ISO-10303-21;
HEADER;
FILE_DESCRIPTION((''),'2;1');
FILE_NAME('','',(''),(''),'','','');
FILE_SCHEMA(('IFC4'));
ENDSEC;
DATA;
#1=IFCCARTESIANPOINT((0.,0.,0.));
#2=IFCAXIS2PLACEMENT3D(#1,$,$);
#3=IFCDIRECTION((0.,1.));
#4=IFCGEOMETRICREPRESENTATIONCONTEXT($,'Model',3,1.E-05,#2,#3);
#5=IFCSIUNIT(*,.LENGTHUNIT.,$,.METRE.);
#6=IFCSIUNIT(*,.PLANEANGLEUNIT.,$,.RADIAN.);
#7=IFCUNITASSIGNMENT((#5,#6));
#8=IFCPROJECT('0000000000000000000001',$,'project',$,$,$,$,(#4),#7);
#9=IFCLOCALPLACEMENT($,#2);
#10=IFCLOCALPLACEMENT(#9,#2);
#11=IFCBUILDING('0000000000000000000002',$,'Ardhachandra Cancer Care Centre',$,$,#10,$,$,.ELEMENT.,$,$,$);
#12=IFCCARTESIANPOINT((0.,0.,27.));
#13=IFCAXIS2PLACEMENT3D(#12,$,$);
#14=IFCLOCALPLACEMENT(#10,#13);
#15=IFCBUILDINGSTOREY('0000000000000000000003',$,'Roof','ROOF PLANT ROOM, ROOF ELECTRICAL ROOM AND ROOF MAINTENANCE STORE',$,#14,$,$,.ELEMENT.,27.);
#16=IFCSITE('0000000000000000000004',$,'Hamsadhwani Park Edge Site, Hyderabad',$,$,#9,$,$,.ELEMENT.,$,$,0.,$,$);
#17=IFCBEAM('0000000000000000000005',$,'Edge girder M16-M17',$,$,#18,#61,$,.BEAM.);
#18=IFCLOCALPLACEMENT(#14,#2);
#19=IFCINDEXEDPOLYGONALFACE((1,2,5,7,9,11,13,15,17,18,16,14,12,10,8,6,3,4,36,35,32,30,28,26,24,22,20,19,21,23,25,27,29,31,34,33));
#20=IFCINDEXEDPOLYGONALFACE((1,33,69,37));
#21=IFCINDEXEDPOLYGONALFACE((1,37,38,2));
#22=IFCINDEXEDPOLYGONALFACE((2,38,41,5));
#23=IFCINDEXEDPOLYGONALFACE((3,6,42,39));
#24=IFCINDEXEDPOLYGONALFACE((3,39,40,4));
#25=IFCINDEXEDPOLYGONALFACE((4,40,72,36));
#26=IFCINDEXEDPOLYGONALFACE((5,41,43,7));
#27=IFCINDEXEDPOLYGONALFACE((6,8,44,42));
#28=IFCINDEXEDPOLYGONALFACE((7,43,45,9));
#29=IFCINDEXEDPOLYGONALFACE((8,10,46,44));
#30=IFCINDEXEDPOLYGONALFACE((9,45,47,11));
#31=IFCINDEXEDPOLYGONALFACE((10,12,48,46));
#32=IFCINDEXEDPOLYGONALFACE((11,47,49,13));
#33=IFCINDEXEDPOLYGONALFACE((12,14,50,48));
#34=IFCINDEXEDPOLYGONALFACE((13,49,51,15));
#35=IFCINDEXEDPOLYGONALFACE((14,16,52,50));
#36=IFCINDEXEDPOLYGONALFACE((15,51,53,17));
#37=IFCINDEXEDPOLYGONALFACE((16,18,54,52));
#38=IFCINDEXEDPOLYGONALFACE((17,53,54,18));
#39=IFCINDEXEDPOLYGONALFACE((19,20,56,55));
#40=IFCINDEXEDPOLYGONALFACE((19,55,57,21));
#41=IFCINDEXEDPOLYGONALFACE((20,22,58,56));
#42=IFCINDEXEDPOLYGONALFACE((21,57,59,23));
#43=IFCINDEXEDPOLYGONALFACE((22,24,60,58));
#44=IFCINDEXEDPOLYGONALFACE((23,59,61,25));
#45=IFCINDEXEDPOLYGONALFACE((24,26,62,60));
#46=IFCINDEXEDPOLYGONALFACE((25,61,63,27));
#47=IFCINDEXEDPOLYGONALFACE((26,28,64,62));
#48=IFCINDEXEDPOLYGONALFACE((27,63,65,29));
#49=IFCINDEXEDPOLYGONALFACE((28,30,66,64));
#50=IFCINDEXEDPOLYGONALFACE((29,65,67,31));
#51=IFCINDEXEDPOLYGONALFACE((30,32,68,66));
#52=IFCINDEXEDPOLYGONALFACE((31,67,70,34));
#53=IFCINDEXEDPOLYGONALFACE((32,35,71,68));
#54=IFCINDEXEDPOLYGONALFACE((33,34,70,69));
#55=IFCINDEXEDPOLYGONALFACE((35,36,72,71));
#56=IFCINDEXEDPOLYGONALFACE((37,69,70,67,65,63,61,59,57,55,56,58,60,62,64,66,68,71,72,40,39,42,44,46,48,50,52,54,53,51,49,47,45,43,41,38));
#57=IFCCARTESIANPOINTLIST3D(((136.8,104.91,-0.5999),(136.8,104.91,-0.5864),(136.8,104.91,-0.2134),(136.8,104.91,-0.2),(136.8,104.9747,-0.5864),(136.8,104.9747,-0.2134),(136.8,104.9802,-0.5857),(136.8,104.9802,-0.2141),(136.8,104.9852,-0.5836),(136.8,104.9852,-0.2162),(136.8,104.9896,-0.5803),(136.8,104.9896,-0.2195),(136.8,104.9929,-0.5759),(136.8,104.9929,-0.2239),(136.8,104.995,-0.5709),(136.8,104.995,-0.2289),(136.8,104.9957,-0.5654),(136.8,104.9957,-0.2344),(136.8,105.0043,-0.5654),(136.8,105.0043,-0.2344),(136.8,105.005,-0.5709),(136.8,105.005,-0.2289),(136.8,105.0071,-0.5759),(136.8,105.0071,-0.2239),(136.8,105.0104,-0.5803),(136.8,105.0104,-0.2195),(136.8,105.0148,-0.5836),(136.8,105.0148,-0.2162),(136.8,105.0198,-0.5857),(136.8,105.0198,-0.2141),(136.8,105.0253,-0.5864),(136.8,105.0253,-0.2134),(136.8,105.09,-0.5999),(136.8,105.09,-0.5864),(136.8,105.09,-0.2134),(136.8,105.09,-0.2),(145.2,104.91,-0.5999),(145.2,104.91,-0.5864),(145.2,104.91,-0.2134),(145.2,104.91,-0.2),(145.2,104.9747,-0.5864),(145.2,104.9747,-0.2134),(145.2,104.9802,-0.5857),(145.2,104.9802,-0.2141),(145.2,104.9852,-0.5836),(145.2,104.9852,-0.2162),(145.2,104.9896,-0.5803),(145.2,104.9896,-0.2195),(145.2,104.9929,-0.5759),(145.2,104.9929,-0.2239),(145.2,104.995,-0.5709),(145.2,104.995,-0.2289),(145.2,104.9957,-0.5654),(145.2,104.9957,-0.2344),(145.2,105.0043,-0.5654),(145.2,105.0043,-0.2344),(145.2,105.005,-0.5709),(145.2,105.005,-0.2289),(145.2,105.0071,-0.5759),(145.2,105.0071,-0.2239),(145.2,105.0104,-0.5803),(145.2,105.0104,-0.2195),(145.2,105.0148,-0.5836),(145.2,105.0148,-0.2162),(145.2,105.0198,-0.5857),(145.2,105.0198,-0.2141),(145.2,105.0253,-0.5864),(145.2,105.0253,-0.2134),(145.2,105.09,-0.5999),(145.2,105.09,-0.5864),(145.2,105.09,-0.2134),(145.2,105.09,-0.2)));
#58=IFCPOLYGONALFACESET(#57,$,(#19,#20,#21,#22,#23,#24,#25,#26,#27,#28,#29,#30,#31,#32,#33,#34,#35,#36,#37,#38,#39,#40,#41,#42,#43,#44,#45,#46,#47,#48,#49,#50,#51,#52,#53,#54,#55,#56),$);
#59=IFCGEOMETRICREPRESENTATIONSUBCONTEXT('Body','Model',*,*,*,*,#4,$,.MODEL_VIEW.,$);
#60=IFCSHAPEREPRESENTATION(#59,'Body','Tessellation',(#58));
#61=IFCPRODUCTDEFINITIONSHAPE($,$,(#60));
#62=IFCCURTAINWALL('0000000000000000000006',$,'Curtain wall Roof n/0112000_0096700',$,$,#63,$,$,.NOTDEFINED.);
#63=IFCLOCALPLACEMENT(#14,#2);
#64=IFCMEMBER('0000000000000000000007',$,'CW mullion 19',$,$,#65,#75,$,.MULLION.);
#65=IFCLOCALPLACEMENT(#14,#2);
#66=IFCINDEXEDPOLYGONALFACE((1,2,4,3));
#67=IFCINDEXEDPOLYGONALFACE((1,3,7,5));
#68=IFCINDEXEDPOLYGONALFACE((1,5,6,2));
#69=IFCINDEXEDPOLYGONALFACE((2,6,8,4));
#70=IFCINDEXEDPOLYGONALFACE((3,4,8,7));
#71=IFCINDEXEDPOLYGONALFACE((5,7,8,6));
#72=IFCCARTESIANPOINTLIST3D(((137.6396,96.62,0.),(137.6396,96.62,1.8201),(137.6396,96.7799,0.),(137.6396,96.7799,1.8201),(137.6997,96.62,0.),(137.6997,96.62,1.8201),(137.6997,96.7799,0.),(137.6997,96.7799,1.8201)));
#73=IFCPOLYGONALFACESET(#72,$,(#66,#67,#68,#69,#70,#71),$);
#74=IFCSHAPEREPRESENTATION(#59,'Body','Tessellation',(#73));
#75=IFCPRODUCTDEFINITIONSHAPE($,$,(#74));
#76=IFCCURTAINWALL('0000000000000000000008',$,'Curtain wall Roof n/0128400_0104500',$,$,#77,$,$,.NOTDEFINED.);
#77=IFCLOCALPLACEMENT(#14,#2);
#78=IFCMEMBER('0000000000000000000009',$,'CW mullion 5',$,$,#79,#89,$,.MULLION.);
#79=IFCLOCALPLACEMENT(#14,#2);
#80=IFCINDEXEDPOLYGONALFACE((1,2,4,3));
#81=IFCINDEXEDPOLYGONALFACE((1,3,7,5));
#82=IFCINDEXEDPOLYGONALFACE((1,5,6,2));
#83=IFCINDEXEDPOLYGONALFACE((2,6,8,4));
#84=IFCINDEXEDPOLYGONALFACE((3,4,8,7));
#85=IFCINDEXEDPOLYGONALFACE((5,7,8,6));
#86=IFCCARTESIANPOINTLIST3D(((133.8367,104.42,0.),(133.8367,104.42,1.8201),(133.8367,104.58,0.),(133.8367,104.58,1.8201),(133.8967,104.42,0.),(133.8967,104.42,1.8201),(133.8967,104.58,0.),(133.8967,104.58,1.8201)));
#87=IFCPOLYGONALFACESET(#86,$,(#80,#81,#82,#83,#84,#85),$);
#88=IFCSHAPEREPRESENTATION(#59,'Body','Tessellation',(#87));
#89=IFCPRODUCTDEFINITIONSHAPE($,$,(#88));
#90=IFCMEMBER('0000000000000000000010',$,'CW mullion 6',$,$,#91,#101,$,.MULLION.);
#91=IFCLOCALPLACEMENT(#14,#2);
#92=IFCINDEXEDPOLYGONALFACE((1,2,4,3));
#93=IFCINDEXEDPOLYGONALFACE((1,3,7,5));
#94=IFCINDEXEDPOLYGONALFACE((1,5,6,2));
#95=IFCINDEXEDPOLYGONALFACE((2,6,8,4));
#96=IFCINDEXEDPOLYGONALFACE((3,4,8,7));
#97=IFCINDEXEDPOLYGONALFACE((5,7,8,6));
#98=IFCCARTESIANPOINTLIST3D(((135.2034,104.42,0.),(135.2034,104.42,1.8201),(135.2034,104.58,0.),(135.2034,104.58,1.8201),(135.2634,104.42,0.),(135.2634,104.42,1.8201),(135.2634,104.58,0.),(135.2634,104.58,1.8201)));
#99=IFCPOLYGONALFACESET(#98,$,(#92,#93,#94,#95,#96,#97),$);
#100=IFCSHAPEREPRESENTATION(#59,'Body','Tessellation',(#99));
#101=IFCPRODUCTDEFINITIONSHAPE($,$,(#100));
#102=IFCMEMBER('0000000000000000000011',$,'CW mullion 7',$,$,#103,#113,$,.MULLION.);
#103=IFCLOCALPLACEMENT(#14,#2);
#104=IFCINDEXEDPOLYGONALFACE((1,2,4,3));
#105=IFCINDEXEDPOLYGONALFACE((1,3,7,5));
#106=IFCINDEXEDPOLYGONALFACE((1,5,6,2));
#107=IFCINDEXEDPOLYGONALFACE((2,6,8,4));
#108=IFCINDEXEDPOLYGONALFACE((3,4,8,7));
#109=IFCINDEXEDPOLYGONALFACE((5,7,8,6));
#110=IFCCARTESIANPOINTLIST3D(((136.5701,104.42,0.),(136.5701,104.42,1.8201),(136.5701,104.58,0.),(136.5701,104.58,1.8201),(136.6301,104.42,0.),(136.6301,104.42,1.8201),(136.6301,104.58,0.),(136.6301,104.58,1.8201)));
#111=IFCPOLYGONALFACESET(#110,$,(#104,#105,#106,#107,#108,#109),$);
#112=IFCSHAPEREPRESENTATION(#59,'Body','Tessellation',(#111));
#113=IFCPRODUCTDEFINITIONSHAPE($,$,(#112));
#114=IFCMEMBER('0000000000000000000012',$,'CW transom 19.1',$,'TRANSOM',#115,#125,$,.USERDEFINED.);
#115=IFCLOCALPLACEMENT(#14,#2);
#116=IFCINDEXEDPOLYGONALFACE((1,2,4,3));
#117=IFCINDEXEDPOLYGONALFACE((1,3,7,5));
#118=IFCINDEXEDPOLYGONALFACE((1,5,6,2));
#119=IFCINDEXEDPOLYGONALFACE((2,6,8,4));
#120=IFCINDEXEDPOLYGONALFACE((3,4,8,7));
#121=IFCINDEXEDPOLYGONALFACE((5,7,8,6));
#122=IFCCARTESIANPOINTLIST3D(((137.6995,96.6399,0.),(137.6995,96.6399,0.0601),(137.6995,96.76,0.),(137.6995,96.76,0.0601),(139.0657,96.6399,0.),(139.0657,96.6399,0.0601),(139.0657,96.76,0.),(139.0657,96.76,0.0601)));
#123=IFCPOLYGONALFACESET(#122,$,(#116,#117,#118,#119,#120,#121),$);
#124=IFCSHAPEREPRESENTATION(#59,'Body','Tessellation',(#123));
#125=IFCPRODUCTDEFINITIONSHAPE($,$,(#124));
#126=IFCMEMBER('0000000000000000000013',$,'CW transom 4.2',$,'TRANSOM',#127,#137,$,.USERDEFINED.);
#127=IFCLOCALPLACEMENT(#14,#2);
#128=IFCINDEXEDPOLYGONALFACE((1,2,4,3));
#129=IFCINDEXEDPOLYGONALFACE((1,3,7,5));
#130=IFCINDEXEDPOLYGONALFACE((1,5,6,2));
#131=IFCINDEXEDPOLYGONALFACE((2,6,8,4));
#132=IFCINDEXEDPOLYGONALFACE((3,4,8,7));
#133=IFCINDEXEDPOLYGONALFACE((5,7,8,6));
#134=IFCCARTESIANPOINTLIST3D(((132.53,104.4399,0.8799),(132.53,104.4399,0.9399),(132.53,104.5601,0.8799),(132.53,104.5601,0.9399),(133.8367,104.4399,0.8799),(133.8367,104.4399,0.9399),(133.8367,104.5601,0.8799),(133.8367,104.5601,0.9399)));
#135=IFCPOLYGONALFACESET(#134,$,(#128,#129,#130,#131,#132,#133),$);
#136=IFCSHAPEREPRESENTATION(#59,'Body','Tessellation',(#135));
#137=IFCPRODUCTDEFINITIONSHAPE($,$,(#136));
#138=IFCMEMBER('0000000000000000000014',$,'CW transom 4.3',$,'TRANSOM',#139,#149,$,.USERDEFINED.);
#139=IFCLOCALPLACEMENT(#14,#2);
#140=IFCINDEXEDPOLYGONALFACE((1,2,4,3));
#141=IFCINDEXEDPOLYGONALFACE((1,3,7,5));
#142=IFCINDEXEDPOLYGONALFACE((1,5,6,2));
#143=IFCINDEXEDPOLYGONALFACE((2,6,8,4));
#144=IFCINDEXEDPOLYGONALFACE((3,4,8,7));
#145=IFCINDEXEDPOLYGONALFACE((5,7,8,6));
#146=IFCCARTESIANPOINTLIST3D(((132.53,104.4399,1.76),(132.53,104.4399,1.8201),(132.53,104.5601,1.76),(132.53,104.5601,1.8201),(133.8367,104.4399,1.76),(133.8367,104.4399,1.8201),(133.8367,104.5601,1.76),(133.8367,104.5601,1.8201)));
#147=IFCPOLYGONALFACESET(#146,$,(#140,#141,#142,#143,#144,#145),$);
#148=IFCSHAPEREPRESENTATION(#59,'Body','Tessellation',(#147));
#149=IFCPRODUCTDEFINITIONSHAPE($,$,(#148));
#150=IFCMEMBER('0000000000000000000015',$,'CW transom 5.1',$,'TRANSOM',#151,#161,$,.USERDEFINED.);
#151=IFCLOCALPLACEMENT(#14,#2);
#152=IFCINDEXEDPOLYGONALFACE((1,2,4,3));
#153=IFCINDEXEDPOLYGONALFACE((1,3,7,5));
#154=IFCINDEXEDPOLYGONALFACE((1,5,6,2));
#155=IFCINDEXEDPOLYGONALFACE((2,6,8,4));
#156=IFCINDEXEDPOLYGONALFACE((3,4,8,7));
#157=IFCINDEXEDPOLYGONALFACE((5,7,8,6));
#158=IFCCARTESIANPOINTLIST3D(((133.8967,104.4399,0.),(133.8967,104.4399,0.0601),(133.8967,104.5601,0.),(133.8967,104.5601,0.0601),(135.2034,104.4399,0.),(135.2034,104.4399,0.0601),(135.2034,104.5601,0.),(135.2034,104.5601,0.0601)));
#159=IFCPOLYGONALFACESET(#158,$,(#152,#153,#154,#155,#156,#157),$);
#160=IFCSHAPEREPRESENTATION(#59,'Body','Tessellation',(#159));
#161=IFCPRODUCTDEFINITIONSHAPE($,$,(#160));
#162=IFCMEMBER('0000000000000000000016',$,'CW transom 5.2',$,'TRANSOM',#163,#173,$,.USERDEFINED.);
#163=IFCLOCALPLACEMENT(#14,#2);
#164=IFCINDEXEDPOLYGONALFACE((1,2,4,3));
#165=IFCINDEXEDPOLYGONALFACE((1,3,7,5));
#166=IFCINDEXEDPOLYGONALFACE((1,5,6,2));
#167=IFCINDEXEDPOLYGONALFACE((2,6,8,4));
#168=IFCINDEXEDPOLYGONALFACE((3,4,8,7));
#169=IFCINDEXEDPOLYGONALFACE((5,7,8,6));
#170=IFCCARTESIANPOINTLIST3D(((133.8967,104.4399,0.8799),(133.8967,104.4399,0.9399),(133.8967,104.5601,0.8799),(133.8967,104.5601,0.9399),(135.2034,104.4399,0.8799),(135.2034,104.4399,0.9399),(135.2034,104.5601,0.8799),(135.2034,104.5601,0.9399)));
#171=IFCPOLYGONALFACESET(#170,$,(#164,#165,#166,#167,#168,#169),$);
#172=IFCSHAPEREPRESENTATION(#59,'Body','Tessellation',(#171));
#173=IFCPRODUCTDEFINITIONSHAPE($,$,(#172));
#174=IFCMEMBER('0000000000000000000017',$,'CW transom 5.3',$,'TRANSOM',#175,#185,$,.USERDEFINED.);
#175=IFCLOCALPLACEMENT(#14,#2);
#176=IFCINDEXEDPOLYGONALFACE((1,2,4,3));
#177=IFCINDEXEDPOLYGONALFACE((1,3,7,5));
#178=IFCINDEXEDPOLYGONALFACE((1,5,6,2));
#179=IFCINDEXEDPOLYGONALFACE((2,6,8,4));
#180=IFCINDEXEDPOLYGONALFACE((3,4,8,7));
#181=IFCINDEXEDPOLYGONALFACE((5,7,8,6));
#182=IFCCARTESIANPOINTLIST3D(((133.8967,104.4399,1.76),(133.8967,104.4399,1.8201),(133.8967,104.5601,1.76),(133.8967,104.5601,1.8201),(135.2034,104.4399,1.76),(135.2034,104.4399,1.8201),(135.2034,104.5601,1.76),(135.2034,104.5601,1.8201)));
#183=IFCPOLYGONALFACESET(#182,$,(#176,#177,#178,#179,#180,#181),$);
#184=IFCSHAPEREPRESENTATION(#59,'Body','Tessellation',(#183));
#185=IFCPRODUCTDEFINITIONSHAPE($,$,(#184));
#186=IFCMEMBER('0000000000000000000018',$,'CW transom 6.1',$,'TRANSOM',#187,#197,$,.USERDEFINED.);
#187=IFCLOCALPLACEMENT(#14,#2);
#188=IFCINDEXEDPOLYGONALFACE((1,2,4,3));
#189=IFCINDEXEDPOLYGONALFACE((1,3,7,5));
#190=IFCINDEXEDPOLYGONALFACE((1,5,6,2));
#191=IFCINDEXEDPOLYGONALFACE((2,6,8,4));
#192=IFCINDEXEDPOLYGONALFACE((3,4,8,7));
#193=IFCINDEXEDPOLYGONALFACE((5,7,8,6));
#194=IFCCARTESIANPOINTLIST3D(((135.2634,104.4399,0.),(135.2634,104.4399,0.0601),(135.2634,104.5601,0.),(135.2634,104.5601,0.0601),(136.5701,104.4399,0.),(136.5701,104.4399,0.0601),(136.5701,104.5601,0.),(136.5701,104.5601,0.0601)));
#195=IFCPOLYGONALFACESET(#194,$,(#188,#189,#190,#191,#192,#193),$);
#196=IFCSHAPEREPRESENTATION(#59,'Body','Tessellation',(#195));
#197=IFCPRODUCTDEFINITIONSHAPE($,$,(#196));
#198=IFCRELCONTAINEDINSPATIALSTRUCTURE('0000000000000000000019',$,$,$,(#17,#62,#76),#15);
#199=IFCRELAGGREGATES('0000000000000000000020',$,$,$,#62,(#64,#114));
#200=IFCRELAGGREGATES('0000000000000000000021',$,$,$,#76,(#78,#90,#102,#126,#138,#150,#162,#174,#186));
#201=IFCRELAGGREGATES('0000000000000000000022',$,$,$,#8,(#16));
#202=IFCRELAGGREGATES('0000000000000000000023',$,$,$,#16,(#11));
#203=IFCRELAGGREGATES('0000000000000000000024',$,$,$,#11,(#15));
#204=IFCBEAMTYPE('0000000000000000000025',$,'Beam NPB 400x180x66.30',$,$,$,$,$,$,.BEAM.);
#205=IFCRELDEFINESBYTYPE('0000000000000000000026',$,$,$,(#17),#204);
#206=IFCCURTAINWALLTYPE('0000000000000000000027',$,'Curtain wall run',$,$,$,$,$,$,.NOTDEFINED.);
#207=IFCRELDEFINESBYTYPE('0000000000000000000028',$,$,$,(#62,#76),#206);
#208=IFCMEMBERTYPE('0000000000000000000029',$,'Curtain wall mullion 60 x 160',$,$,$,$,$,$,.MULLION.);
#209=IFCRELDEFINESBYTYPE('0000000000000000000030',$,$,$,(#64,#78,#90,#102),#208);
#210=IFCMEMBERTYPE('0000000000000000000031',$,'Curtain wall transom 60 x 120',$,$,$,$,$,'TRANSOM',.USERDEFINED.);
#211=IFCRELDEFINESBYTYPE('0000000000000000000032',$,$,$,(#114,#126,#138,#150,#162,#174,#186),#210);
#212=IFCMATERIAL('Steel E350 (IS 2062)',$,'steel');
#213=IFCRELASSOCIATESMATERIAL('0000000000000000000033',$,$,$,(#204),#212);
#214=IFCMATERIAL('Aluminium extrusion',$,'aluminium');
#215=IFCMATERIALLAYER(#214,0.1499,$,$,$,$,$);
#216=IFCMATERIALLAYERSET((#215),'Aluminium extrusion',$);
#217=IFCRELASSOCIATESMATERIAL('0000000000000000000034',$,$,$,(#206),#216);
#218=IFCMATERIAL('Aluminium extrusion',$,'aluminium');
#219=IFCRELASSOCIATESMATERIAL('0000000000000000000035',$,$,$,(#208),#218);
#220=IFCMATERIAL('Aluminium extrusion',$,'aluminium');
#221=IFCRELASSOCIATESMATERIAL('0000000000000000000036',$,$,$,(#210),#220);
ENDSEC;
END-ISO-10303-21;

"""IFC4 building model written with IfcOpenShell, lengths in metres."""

from ifc_helpers import new_model, si_unit, direction, frame, origin, origin_2d, place, context, subcontext, project, spatial, rectangle, i_section, extrude, material, layer, layer_set, material_profile, profile_set, type_object, element, aggregate, save


model = new_model("IFC4")

# Units and contexts
model_context = context("Model", 3, precision=1e-05, world=origin(), true_north=direction((0.0, 1.0)))
body_context = subcontext(model_context, "Body", "Model", "MODEL_VIEW")
ifc_project = project(units=[si_unit("LENGTHUNIT", "METRE"), si_unit("PLANEANGLEUNIT", "RADIAN")], contexts=[model_context])

# Site, building, storey
site_placement = place(None, origin())
site = spatial("IfcSite", under=ifc_project, at=site_placement, Name="Hamsadhwani Park Edge Site, Hyderabad", CompositionType="ELEMENT", RefElevation=0.0)
building_placement = place(site_placement, origin())
building = spatial("IfcBuilding", under=site, at=building_placement, Name="Ardhachandra Cancer Care Centre", CompositionType="ELEMENT")
storey_placement = place(building_placement, frame((0.0, 0.0, 27.0)))
storey = spatial("IfcBuildingStorey", under=building, at=storey_placement, Name="Roof", Description="ROOF PLANT ROOM, ROOF ELECTRICAL ROOM AND ROOF MAINTENANCE STORE", CompositionType="ELEMENT", Elevation=27.0)

# Beam
ifc_material_1 = material(Name="Steel E350 (IS 2062)", Category="steel")
ifc_material_profile_1 = material_profile(ifc_material_1, i_section(OverallWidth=0.1799, OverallDepth=0.3999, WebThickness=0.0085, FlangeThickness=0.0134, FilletRadius=0.021, at=origin_2d()), Name="NPB 400x180x66.30")
ifc_profile_set_1 = profile_set([ifc_material_profile_1], Name="Steel E350 (IS 2062)")
beam_type = type_object("IfcBeamType", Name="Beam NPB 400x180x66.30", PredefinedType="BEAM", material=ifc_profile_set_1)
beam_placement = place(storey_placement, frame((136.8, 105.0, -0.3999), z_axis=(1.0, 0.0, 0.0), x_axis=(0.0, 1.0, 0.0)))
element("IfcBeam", 1, at=beam_placement, inside=storey, type_object=beam_type, Name="Edge girder M16-M17", PredefinedType="BEAM", context=body_context, shape_type="SweptSolid", body=[
    extrude(i_section(OverallWidth=0.1799, OverallDepth=0.3999, WebThickness=0.0085, FlangeThickness=0.0134, FilletRadius=0.021, at=origin_2d()), origin(), (0.0, 0.0, 1.0), 8.3999),
])

# Curtain wall, member
ifc_material_2 = material(Name="Aluminium extrusion", Category="aluminium")
ifc_layer_1 = layer(ifc_material_2, 0.1499)
ifc_layer_set_1 = layer_set([ifc_layer_1], Name="Aluminium extrusion")
curtain_wall_type = type_object("IfcCurtainWallType", Name="Curtain wall run", PredefinedType="NOTDEFINED", material=ifc_layer_set_1)
curtain_wall_1_placement = place(storey_placement, origin())
curtain_wall_1 = element("IfcCurtainWall", 2, at=curtain_wall_1_placement, inside=storey, type_object=curtain_wall_type, Name="Curtain wall Roof n/0112000_0096700", PredefinedType="NOTDEFINED")
ifc_material_3 = material(Name="Aluminium extrusion", Category="aluminium")
ifc_material_profile_2 = material_profile(ifc_material_3, rectangle(XDim=0.1599, YDim=0.0601, at=origin_2d()), Name="Curtain wall mullion 60 x 160")
ifc_profile_set_2 = profile_set([ifc_material_profile_2], Name="Aluminium extrusion")
member_type_1 = type_object("IfcMemberType", Name="Curtain wall mullion 60 x 160", PredefinedType="MULLION", material=ifc_profile_set_2)
member_1_placement = place(storey_placement, frame((137.6697, 96.7, 0.0), z_axis=(0.0, 0.0, 1.0), x_axis=(0.0, 1.0, 0.0)))
member_1 = element("IfcMember", 3, at=member_1_placement, type_object=member_type_1, Name="CW mullion 19", PredefinedType="MULLION", context=body_context, shape_type="SweptSolid", body=[
    extrude(rectangle(XDim=0.1599, YDim=0.0601, at=origin_2d()), origin(), (0.0, 0.0, 1.0), 1.8201),
])

# Curtain wall, members
curtain_wall_2_placement = place(storey_placement, origin())
curtain_wall_2 = element("IfcCurtainWall", 4, at=curtain_wall_2_placement, inside=storey, type_object=curtain_wall_type, Name="Curtain wall Roof n/0128400_0104500", PredefinedType="NOTDEFINED")
member_2_placement = place(storey_placement, frame((133.8667, 104.5, 0.0), z_axis=(0.0, 0.0, 1.0), x_axis=(0.0, 1.0, 0.0)))
member_2 = element("IfcMember", 5, at=member_2_placement, type_object=member_type_1, Name="CW mullion 5", PredefinedType="MULLION", context=body_context, shape_type="SweptSolid", body=[
    extrude(rectangle(XDim=0.1599, YDim=0.0601, at=origin_2d()), origin(), (0.0, 0.0, 1.0), 1.8201),
])
member_3_placement = place(storey_placement, frame((135.2334, 104.5, 0.0), z_axis=(0.0, 0.0, 1.0), x_axis=(0.0, 1.0, 0.0)))
member_3 = element("IfcMember", 6, at=member_3_placement, type_object=member_type_1, Name="CW mullion 6", PredefinedType="MULLION", context=body_context, shape_type="SweptSolid", body=[
    extrude(rectangle(XDim=0.1599, YDim=0.0601, at=origin_2d()), origin(), (0.0, 0.0, 1.0), 1.8201),
])
member_4_placement = place(storey_placement, frame((136.6001, 104.5, 0.0), z_axis=(0.0, 0.0, 1.0), x_axis=(0.0, 1.0, 0.0)))
member_4 = element("IfcMember", 7, at=member_4_placement, type_object=member_type_1, Name="CW mullion 7", PredefinedType="MULLION", context=body_context, shape_type="SweptSolid", body=[
    extrude(rectangle(XDim=0.1599, YDim=0.0601, at=origin_2d()), origin(), (0.0, 0.0, 1.0), 1.8201),
])

# Members
ifc_material_4 = material(Name="Aluminium extrusion", Category="aluminium")
ifc_material_profile_3 = material_profile(ifc_material_4, rectangle(XDim=0.1201, YDim=0.0601, at=origin_2d()), Name="Curtain wall transom 60 x 120")
ifc_profile_set_3 = profile_set([ifc_material_profile_3], Name="Aluminium extrusion")
member_type_2 = type_object("IfcMemberType", Name="Curtain wall transom 60 x 120", ElementType="TRANSOM", PredefinedType="USERDEFINED", material=ifc_profile_set_3)
member_5_placement = place(storey_placement, frame((137.6995, 96.7, 0.03), z_axis=(1.0, 0.0, 0.0), x_axis=(0.0, 1.0, 0.0)))
member_5 = element("IfcMember", 8, at=member_5_placement, type_object=member_type_2, Name="CW transom 19.1", ObjectType="TRANSOM", PredefinedType="USERDEFINED", context=body_context, shape_type="SweptSolid", body=[
    extrude(rectangle(XDim=0.1201, YDim=0.0601, at=origin_2d()), origin(), (0.0, 0.0, 1.0), 1.3662),
])
member_6_placement = place(storey_placement, frame((132.53, 104.5, 0.9099), z_axis=(1.0, 0.0, 0.0), x_axis=(0.0, 1.0, 0.0)))
member_6 = element("IfcMember", 9, at=member_6_placement, type_object=member_type_2, Name="CW transom 4.2", ObjectType="TRANSOM", PredefinedType="USERDEFINED", context=body_context, shape_type="SweptSolid", body=[
    extrude(rectangle(XDim=0.1201, YDim=0.0601, at=origin_2d()), origin(), (0.0, 0.0, 1.0), 1.3066),
])
member_7_placement = place(storey_placement, frame((132.53, 104.5, 1.79), z_axis=(1.0, 0.0, 0.0), x_axis=(0.0, 1.0, 0.0)))
member_7 = element("IfcMember", 10, at=member_7_placement, type_object=member_type_2, Name="CW transom 4.3", ObjectType="TRANSOM", PredefinedType="USERDEFINED", context=body_context, shape_type="SweptSolid", body=[
    extrude(rectangle(XDim=0.1201, YDim=0.0601, at=origin_2d()), origin(), (0.0, 0.0, 1.0), 1.3066),
])
member_8_placement = place(storey_placement, frame((133.8967, 104.5, 0.03), z_axis=(1.0, 0.0, 0.0), x_axis=(0.0, 1.0, 0.0)))
member_8 = element("IfcMember", 11, at=member_8_placement, type_object=member_type_2, Name="CW transom 5.1", ObjectType="TRANSOM", PredefinedType="USERDEFINED", context=body_context, shape_type="SweptSolid", body=[
    extrude(rectangle(XDim=0.1201, YDim=0.0601, at=origin_2d()), origin(), (0.0, 0.0, 1.0), 1.3066),
])
member_9_placement = place(storey_placement, frame((133.8967, 104.5, 0.9099), z_axis=(1.0, 0.0, 0.0), x_axis=(0.0, 1.0, 0.0)))
member_9 = element("IfcMember", 12, at=member_9_placement, type_object=member_type_2, Name="CW transom 5.2", ObjectType="TRANSOM", PredefinedType="USERDEFINED", context=body_context, shape_type="SweptSolid", body=[
    extrude(rectangle(XDim=0.1201, YDim=0.0601, at=origin_2d()), origin(), (0.0, 0.0, 1.0), 1.3066),
])
member_10_placement = place(storey_placement, frame((133.8967, 104.5, 1.79), z_axis=(1.0, 0.0, 0.0), x_axis=(0.0, 1.0, 0.0)))
member_10 = element("IfcMember", 13, at=member_10_placement, type_object=member_type_2, Name="CW transom 5.3", ObjectType="TRANSOM", PredefinedType="USERDEFINED", context=body_context, shape_type="SweptSolid", body=[
    extrude(rectangle(XDim=0.1201, YDim=0.0601, at=origin_2d()), origin(), (0.0, 0.0, 1.0), 1.3066),
])
member_11_placement = place(storey_placement, frame((135.2634, 104.5, 0.03), z_axis=(1.0, 0.0, 0.0), x_axis=(0.0, 1.0, 0.0)))
member_11 = element("IfcMember", 14, at=member_11_placement, type_object=member_type_2, Name="CW transom 6.1", ObjectType="TRANSOM", PredefinedType="USERDEFINED", context=body_context, shape_type="SweptSolid", body=[
    extrude(rectangle(XDim=0.1201, YDim=0.0601, at=origin_2d()), origin(), (0.0, 0.0, 1.0), 1.3066),
])

aggregate(curtain_wall_1, [member_1, member_5])
aggregate(curtain_wall_2, [member_2, member_3, member_4, member_6, member_7, member_8, member_9, member_10, member_11])

save(model, "model.ifc")
